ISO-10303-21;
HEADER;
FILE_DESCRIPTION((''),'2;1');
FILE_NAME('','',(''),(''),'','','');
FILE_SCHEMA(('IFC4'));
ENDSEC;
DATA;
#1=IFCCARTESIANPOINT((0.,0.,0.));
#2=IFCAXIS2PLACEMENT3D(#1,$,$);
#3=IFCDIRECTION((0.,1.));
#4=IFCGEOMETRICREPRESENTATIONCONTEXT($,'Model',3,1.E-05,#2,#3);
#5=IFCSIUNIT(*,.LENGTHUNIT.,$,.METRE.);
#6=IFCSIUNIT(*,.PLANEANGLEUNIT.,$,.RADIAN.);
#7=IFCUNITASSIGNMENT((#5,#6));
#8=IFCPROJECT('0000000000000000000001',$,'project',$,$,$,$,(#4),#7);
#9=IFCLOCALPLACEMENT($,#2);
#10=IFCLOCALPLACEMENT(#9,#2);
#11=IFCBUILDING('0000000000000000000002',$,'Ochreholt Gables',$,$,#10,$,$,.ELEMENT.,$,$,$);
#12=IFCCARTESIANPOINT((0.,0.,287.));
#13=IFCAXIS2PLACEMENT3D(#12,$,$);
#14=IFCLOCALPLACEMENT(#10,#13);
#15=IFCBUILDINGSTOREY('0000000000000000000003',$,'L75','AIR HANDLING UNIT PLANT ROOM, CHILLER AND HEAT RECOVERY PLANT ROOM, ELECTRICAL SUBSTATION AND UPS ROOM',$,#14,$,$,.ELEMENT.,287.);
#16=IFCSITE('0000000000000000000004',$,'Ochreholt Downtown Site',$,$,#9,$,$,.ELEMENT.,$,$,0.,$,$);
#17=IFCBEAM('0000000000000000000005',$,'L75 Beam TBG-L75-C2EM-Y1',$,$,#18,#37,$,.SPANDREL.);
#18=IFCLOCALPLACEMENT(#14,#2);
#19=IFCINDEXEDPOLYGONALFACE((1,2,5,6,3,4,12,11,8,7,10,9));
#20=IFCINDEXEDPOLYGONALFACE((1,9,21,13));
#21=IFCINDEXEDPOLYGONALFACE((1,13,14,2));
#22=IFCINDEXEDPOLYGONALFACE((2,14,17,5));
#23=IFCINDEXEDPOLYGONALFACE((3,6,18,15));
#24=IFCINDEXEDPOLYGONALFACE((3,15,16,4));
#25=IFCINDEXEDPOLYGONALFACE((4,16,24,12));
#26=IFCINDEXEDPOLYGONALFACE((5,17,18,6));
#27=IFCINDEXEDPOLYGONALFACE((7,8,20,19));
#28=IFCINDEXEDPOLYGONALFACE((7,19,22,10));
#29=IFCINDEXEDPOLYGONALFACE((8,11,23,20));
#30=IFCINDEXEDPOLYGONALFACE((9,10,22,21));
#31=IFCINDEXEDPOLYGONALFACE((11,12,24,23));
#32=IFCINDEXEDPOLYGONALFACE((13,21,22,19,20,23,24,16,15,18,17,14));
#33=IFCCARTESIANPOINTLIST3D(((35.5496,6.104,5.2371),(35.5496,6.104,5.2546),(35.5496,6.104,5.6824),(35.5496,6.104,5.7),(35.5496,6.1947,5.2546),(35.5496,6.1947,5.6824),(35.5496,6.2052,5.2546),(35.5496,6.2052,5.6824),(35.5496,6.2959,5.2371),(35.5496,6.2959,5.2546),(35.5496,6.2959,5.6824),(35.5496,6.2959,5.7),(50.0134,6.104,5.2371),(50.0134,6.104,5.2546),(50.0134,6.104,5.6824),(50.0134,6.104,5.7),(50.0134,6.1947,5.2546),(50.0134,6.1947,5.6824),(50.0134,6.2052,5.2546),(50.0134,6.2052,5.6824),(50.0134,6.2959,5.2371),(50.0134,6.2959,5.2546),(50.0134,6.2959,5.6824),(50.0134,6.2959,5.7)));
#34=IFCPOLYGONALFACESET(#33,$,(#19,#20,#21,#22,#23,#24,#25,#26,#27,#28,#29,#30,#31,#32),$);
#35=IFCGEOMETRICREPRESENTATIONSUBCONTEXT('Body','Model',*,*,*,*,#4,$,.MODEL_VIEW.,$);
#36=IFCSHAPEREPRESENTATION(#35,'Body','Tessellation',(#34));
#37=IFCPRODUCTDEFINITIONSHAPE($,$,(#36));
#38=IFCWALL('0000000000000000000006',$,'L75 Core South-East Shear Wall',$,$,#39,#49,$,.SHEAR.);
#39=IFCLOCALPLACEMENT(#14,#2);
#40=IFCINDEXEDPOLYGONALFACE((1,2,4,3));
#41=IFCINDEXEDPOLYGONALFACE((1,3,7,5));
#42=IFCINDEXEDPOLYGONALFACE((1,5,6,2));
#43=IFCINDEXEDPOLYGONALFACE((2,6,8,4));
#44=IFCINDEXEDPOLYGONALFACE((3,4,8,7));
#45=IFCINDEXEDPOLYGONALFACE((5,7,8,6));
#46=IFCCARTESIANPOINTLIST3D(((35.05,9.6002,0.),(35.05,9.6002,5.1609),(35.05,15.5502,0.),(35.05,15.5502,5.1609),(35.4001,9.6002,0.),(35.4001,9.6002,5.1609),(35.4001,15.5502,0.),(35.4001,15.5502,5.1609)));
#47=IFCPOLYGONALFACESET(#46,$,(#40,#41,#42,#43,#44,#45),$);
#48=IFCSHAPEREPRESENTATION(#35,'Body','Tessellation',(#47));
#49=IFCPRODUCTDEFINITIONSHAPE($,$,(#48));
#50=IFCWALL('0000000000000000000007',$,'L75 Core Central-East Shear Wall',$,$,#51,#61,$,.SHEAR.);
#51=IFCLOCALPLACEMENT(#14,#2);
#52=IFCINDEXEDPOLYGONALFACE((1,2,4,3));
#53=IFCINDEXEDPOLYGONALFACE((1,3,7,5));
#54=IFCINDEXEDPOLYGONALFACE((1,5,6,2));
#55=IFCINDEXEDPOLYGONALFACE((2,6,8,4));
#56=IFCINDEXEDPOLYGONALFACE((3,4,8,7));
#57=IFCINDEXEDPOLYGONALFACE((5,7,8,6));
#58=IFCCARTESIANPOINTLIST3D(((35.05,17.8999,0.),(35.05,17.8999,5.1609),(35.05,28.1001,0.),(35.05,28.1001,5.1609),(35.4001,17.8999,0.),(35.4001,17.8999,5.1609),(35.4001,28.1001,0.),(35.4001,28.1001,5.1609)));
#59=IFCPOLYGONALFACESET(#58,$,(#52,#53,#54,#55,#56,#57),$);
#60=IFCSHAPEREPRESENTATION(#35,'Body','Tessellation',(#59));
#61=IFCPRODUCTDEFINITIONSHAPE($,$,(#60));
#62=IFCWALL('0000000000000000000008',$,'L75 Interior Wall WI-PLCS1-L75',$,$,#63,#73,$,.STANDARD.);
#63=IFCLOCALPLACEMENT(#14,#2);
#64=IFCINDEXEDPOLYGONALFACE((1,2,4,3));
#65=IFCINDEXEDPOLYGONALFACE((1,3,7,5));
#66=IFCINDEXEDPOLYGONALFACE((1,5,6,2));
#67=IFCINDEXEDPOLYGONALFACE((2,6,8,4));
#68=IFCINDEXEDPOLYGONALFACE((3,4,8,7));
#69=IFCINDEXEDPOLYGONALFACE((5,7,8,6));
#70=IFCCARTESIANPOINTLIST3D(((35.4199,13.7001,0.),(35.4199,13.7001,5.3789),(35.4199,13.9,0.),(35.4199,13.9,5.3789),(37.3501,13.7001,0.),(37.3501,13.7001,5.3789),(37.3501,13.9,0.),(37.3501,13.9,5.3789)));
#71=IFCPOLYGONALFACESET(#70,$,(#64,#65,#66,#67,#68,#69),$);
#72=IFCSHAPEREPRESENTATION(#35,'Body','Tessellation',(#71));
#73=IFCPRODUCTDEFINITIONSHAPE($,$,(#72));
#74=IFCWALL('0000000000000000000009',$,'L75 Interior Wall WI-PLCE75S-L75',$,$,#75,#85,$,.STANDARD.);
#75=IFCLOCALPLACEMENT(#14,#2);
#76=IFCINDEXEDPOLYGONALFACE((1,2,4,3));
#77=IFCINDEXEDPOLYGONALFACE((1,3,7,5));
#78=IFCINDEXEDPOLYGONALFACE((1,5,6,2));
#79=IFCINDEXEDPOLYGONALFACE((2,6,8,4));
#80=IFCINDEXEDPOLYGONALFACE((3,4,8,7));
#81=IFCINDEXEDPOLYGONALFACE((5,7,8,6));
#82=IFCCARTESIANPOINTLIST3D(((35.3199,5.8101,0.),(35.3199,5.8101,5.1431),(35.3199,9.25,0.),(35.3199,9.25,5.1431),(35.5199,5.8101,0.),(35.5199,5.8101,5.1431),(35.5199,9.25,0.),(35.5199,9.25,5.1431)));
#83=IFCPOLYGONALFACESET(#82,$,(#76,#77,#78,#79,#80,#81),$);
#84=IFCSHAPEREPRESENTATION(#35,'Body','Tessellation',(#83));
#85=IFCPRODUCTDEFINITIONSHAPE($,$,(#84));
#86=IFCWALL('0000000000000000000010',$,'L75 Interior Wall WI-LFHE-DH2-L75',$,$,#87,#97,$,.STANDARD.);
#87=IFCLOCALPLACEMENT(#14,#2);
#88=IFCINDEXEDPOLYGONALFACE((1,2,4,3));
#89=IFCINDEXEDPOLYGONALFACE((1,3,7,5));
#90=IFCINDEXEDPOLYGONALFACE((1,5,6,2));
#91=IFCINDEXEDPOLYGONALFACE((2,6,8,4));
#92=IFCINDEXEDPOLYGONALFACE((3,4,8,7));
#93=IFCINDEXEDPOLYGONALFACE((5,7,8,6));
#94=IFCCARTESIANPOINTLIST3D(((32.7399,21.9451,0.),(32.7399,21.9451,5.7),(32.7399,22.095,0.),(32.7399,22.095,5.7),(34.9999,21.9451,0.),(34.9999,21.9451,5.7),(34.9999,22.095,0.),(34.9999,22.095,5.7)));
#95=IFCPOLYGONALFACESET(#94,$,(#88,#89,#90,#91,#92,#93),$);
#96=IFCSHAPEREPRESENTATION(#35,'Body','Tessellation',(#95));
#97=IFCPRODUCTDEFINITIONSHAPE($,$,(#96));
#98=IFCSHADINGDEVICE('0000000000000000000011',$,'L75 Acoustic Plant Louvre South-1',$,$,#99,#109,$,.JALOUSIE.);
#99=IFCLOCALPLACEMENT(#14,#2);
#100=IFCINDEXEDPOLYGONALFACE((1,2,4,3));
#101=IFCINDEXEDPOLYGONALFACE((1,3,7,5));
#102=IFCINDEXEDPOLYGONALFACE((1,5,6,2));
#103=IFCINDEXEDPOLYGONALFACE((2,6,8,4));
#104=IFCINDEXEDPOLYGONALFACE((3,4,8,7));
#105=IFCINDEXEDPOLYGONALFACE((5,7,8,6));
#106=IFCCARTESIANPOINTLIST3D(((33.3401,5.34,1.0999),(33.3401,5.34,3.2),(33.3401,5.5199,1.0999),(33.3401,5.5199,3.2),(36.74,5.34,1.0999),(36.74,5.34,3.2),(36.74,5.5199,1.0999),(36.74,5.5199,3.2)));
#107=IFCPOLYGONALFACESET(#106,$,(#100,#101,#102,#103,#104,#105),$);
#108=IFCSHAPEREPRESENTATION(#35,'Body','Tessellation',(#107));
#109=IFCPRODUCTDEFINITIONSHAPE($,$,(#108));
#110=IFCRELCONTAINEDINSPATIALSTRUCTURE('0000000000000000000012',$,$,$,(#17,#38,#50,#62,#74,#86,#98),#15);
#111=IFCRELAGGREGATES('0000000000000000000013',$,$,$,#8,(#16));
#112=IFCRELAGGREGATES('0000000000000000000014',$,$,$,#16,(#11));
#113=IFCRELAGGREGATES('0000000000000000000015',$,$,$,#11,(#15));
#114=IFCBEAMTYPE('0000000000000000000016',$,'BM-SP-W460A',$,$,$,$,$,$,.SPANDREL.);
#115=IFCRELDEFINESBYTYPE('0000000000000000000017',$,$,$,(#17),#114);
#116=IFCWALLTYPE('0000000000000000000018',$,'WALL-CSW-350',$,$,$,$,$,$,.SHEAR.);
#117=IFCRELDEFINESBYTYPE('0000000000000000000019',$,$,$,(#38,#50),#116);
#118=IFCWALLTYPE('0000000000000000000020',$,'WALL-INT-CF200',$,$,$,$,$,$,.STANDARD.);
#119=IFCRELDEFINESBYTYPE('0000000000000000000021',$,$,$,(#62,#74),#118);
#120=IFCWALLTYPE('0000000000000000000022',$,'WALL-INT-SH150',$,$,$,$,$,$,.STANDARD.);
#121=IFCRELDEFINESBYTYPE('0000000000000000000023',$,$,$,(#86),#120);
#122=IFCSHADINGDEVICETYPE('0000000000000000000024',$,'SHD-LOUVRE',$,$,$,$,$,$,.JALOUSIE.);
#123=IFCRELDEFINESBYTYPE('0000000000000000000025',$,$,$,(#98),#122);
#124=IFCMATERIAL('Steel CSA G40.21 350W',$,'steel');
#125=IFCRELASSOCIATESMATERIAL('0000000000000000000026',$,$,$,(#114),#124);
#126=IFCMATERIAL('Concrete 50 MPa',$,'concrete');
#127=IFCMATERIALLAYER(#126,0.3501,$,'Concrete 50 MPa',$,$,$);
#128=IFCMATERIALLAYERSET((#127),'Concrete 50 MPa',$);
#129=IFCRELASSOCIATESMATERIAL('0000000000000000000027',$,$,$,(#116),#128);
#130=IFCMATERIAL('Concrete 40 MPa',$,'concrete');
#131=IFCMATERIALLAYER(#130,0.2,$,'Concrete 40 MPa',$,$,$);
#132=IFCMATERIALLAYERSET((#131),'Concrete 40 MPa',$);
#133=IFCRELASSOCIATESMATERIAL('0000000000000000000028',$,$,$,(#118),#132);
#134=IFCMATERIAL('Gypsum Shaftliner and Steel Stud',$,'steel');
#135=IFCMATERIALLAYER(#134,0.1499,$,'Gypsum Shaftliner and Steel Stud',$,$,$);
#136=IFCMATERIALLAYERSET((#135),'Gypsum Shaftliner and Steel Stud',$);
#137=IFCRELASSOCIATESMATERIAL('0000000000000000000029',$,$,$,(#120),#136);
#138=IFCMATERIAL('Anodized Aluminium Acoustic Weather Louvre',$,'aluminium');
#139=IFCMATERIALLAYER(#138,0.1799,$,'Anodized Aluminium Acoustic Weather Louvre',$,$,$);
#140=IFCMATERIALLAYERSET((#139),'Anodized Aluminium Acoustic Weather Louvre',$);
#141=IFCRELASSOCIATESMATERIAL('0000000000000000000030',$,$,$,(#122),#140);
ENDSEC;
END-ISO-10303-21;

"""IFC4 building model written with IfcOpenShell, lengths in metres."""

from ifc_helpers import new_model, si_unit, direction, frame, frame_2d, origin, origin_2d, place, context, subcontext, project, spatial, rectangle, i_section, extrude, material, layer, layer_set, material_profile, profile_set, type_object, element, save


model = new_model("IFC4")

# Units and contexts
model_context = context("Model", 3, precision=1e-05, world=origin(), true_north=direction((0.0, 1.0)))
body_context = subcontext(model_context, "Body", "Model", "MODEL_VIEW")
ifc_project = project(units=[si_unit("LENGTHUNIT", "METRE"), si_unit("PLANEANGLEUNIT", "RADIAN")], contexts=[model_context])

# Site, building, storey
site_placement = place(None, origin())
site = spatial("IfcSite", under=ifc_project, at=site_placement, Name="Ochreholt Downtown Site", CompositionType="ELEMENT", RefElevation=0.0)
building_placement = place(site_placement, origin())
building = spatial("IfcBuilding", under=site, at=building_placement, Name="Ochreholt Gables", CompositionType="ELEMENT")
storey_placement = place(building_placement, frame((0.0, 0.0, 287.0)))
storey = spatial("IfcBuildingStorey", under=building, at=storey_placement, Name="L75", Description="AIR HANDLING UNIT PLANT ROOM, CHILLER AND HEAT RECOVERY PLANT ROOM, ELECTRICAL SUBSTATION AND UPS ROOM", CompositionType="ELEMENT", Elevation=287.0)

# Shared definitions
ifc_material_1 = material(Name="Concrete 50 MPa", Category="concrete")

# Beam
ifc_material_2 = material(Name="Steel CSA G40.21 350W", Category="steel")
ifc_material_profile_1 = material_profile(ifc_material_2, i_section(OverallWidth=0.1919, OverallDepth=0.4629, WebThickness=0.0105, FlangeThickness=0.0176, at=origin_2d()), Name="W460X89")
ifc_profile_set_1 = profile_set([ifc_material_profile_1], Name="Steel CSA G40.21 350W")
beam_type_1 = type_object("IfcBeamType", Name="BM-SP-W460A", PredefinedType="SPANDREL", material=ifc_profile_set_1)
beam_1_placement = place(storey_placement, frame((35.5496, 6.2, 5.4685), z_axis=(1.0, 0.0, 0.0), x_axis=(0.0, 1.0, 0.0)))
element("IfcBeam", 1, at=beam_1_placement, inside=storey, type_object=beam_type_1, Name="L75 Beam TBG-L75-C2EM-Y1", PredefinedType="SPANDREL", context=body_context, shape_type="SweptSolid", body=[
    extrude(i_section(OverallWidth=0.1919, OverallDepth=0.4629, WebThickness=0.0105, FlangeThickness=0.0176, at=origin_2d()), origin(), (0.0, 0.0, 1.0), 14.4639),
])

# Walls
ifc_layer_1 = layer(ifc_material_1, 0.3501, Name="Concrete 50 MPa")
ifc_layer_set_1 = layer_set([ifc_layer_1], Name="Concrete 50 MPa")
wall_type_1 = type_object("IfcWallType", Name="WALL-CSW-350", PredefinedType="SHEAR", material=ifc_layer_set_1)
wall_1_placement = place(storey_placement, frame((35.2251, 9.6001, 0.0), z_axis=(0.0, 0.0, 1.0), x_axis=(0.0, 1.0, 0.0)))
element("IfcWall", 2, at=wall_1_placement, inside=storey, type_object=wall_type_1, Name="L75 Core South-East Shear Wall", PredefinedType="SHEAR", context=body_context, shape_type="SweptSolid", body=[
    extrude(rectangle(XDim=5.95, YDim=0.3501, at=frame_2d((2.9751, 0.0))), origin(), (0.0, 0.0, 1.0), 5.1609),
])
wall_2_placement = place(storey_placement, frame((35.2251, 17.8999, 0.0), z_axis=(0.0, 0.0, 1.0), x_axis=(0.0, 1.0, 0.0)))
element("IfcWall", 3, at=wall_2_placement, inside=storey, type_object=wall_type_1, Name="L75 Core Central-East Shear Wall", PredefinedType="SHEAR", context=body_context, shape_type="SweptSolid", body=[
    extrude(rectangle(XDim=10.2002, YDim=0.3501, at=frame_2d((5.1001, 0.0))), origin(), (0.0, 0.0, 1.0), 5.1609),
])
ifc_material_3 = material(Name="Concrete 40 MPa", Category="concrete")
ifc_layer_2 = layer(ifc_material_3, 0.2, Name="Concrete 40 MPa")
ifc_layer_set_2 = layer_set([ifc_layer_2], Name="Concrete 40 MPa")
wall_type_2 = type_object("IfcWallType", Name="WALL-INT-CF200", PredefinedType="STANDARD", material=ifc_layer_set_2)
wall_3_placement = place(storey_placement, frame((35.4199, 13.8, 0.0), z_axis=(0.0, 0.0, 1.0), x_axis=(1.0, 0.0, 0.0)))
element("IfcWall", 4, at=wall_3_placement, inside=storey, type_object=wall_type_2, Name="L75 Interior Wall WI-PLCS1-L75", PredefinedType="STANDARD", context=body_context, shape_type="SweptSolid", body=[
    extrude(rectangle(XDim=1.9302, YDim=0.2, at=frame_2d((0.9651, 0.0))), origin(), (0.0, 0.0, 1.0), 5.3789),
])
wall_4_placement = place(storey_placement, frame((35.4199, 5.8101, 0.0), z_axis=(0.0, 0.0, 1.0), x_axis=(0.0, 1.0, 0.0)))
element("IfcWall", 5, at=wall_4_placement, inside=storey, type_object=wall_type_2, Name="L75 Interior Wall WI-PLCE75S-L75", PredefinedType="STANDARD", context=body_context, shape_type="SweptSolid", body=[
    extrude(rectangle(XDim=3.4399, YDim=0.2, at=frame_2d((1.72, 0.0))), origin(), (0.0, 0.0, 1.0), 5.1431),
])
ifc_material_4 = material(Name="Gypsum Shaftliner and Steel Stud", Category="steel")
ifc_layer_3 = layer(ifc_material_4, 0.1499, Name="Gypsum Shaftliner and Steel Stud")
ifc_layer_set_3 = layer_set([ifc_layer_3], Name="Gypsum Shaftliner and Steel Stud")
wall_type_3 = type_object("IfcWallType", Name="WALL-INT-SH150", PredefinedType="STANDARD", material=ifc_layer_set_3)
wall_5_placement = place(storey_placement, frame((32.74, 22.02, 0.0), z_axis=(0.0, 0.0, 1.0), x_axis=(1.0, 0.0, 0.0)))
element("IfcWall", 6, at=wall_5_placement, inside=storey, type_object=wall_type_3, Name="L75 Interior Wall WI-LFHE-DH2-L75", PredefinedType="STANDARD", context=body_context, shape_type="SweptSolid", body=[
    extrude(rectangle(XDim=2.26, YDim=0.1499, at=frame_2d((1.1299, 0.0))), origin(), (0.0, 0.0, 1.0), 5.7),
])

# Shading device
ifc_material_5 = material(Name="Anodized Aluminium Acoustic Weather Louvre", Category="aluminium")
ifc_layer_4 = layer(ifc_material_5, 0.1799, Name="Anodized Aluminium Acoustic Weather Louvre")
ifc_layer_set_4 = layer_set([ifc_layer_4], Name="Anodized Aluminium Acoustic Weather Louvre")
shading_device_type = type_object("IfcShadingDeviceType", Name="SHD-LOUVRE", PredefinedType="JALOUSIE", material=ifc_layer_set_4)
shading_device_placement = place(storey_placement, frame((35.04, 5.4299, 1.0999), z_axis=(0.0, 0.0, 1.0), x_axis=(1.0, 0.0, 0.0)))
element("IfcShadingDevice", 7, at=shading_device_placement, inside=storey, type_object=shading_device_type, Name="L75 Acoustic Plant Louvre South-1", PredefinedType="JALOUSIE", context=body_context, shape_type="SweptSolid", body=[
    extrude(rectangle(XDim=3.3999, YDim=0.1799, at=origin_2d()), origin(), (0.0, 0.0, 1.0), 2.1001),
])

save(model, "model.ifc")
